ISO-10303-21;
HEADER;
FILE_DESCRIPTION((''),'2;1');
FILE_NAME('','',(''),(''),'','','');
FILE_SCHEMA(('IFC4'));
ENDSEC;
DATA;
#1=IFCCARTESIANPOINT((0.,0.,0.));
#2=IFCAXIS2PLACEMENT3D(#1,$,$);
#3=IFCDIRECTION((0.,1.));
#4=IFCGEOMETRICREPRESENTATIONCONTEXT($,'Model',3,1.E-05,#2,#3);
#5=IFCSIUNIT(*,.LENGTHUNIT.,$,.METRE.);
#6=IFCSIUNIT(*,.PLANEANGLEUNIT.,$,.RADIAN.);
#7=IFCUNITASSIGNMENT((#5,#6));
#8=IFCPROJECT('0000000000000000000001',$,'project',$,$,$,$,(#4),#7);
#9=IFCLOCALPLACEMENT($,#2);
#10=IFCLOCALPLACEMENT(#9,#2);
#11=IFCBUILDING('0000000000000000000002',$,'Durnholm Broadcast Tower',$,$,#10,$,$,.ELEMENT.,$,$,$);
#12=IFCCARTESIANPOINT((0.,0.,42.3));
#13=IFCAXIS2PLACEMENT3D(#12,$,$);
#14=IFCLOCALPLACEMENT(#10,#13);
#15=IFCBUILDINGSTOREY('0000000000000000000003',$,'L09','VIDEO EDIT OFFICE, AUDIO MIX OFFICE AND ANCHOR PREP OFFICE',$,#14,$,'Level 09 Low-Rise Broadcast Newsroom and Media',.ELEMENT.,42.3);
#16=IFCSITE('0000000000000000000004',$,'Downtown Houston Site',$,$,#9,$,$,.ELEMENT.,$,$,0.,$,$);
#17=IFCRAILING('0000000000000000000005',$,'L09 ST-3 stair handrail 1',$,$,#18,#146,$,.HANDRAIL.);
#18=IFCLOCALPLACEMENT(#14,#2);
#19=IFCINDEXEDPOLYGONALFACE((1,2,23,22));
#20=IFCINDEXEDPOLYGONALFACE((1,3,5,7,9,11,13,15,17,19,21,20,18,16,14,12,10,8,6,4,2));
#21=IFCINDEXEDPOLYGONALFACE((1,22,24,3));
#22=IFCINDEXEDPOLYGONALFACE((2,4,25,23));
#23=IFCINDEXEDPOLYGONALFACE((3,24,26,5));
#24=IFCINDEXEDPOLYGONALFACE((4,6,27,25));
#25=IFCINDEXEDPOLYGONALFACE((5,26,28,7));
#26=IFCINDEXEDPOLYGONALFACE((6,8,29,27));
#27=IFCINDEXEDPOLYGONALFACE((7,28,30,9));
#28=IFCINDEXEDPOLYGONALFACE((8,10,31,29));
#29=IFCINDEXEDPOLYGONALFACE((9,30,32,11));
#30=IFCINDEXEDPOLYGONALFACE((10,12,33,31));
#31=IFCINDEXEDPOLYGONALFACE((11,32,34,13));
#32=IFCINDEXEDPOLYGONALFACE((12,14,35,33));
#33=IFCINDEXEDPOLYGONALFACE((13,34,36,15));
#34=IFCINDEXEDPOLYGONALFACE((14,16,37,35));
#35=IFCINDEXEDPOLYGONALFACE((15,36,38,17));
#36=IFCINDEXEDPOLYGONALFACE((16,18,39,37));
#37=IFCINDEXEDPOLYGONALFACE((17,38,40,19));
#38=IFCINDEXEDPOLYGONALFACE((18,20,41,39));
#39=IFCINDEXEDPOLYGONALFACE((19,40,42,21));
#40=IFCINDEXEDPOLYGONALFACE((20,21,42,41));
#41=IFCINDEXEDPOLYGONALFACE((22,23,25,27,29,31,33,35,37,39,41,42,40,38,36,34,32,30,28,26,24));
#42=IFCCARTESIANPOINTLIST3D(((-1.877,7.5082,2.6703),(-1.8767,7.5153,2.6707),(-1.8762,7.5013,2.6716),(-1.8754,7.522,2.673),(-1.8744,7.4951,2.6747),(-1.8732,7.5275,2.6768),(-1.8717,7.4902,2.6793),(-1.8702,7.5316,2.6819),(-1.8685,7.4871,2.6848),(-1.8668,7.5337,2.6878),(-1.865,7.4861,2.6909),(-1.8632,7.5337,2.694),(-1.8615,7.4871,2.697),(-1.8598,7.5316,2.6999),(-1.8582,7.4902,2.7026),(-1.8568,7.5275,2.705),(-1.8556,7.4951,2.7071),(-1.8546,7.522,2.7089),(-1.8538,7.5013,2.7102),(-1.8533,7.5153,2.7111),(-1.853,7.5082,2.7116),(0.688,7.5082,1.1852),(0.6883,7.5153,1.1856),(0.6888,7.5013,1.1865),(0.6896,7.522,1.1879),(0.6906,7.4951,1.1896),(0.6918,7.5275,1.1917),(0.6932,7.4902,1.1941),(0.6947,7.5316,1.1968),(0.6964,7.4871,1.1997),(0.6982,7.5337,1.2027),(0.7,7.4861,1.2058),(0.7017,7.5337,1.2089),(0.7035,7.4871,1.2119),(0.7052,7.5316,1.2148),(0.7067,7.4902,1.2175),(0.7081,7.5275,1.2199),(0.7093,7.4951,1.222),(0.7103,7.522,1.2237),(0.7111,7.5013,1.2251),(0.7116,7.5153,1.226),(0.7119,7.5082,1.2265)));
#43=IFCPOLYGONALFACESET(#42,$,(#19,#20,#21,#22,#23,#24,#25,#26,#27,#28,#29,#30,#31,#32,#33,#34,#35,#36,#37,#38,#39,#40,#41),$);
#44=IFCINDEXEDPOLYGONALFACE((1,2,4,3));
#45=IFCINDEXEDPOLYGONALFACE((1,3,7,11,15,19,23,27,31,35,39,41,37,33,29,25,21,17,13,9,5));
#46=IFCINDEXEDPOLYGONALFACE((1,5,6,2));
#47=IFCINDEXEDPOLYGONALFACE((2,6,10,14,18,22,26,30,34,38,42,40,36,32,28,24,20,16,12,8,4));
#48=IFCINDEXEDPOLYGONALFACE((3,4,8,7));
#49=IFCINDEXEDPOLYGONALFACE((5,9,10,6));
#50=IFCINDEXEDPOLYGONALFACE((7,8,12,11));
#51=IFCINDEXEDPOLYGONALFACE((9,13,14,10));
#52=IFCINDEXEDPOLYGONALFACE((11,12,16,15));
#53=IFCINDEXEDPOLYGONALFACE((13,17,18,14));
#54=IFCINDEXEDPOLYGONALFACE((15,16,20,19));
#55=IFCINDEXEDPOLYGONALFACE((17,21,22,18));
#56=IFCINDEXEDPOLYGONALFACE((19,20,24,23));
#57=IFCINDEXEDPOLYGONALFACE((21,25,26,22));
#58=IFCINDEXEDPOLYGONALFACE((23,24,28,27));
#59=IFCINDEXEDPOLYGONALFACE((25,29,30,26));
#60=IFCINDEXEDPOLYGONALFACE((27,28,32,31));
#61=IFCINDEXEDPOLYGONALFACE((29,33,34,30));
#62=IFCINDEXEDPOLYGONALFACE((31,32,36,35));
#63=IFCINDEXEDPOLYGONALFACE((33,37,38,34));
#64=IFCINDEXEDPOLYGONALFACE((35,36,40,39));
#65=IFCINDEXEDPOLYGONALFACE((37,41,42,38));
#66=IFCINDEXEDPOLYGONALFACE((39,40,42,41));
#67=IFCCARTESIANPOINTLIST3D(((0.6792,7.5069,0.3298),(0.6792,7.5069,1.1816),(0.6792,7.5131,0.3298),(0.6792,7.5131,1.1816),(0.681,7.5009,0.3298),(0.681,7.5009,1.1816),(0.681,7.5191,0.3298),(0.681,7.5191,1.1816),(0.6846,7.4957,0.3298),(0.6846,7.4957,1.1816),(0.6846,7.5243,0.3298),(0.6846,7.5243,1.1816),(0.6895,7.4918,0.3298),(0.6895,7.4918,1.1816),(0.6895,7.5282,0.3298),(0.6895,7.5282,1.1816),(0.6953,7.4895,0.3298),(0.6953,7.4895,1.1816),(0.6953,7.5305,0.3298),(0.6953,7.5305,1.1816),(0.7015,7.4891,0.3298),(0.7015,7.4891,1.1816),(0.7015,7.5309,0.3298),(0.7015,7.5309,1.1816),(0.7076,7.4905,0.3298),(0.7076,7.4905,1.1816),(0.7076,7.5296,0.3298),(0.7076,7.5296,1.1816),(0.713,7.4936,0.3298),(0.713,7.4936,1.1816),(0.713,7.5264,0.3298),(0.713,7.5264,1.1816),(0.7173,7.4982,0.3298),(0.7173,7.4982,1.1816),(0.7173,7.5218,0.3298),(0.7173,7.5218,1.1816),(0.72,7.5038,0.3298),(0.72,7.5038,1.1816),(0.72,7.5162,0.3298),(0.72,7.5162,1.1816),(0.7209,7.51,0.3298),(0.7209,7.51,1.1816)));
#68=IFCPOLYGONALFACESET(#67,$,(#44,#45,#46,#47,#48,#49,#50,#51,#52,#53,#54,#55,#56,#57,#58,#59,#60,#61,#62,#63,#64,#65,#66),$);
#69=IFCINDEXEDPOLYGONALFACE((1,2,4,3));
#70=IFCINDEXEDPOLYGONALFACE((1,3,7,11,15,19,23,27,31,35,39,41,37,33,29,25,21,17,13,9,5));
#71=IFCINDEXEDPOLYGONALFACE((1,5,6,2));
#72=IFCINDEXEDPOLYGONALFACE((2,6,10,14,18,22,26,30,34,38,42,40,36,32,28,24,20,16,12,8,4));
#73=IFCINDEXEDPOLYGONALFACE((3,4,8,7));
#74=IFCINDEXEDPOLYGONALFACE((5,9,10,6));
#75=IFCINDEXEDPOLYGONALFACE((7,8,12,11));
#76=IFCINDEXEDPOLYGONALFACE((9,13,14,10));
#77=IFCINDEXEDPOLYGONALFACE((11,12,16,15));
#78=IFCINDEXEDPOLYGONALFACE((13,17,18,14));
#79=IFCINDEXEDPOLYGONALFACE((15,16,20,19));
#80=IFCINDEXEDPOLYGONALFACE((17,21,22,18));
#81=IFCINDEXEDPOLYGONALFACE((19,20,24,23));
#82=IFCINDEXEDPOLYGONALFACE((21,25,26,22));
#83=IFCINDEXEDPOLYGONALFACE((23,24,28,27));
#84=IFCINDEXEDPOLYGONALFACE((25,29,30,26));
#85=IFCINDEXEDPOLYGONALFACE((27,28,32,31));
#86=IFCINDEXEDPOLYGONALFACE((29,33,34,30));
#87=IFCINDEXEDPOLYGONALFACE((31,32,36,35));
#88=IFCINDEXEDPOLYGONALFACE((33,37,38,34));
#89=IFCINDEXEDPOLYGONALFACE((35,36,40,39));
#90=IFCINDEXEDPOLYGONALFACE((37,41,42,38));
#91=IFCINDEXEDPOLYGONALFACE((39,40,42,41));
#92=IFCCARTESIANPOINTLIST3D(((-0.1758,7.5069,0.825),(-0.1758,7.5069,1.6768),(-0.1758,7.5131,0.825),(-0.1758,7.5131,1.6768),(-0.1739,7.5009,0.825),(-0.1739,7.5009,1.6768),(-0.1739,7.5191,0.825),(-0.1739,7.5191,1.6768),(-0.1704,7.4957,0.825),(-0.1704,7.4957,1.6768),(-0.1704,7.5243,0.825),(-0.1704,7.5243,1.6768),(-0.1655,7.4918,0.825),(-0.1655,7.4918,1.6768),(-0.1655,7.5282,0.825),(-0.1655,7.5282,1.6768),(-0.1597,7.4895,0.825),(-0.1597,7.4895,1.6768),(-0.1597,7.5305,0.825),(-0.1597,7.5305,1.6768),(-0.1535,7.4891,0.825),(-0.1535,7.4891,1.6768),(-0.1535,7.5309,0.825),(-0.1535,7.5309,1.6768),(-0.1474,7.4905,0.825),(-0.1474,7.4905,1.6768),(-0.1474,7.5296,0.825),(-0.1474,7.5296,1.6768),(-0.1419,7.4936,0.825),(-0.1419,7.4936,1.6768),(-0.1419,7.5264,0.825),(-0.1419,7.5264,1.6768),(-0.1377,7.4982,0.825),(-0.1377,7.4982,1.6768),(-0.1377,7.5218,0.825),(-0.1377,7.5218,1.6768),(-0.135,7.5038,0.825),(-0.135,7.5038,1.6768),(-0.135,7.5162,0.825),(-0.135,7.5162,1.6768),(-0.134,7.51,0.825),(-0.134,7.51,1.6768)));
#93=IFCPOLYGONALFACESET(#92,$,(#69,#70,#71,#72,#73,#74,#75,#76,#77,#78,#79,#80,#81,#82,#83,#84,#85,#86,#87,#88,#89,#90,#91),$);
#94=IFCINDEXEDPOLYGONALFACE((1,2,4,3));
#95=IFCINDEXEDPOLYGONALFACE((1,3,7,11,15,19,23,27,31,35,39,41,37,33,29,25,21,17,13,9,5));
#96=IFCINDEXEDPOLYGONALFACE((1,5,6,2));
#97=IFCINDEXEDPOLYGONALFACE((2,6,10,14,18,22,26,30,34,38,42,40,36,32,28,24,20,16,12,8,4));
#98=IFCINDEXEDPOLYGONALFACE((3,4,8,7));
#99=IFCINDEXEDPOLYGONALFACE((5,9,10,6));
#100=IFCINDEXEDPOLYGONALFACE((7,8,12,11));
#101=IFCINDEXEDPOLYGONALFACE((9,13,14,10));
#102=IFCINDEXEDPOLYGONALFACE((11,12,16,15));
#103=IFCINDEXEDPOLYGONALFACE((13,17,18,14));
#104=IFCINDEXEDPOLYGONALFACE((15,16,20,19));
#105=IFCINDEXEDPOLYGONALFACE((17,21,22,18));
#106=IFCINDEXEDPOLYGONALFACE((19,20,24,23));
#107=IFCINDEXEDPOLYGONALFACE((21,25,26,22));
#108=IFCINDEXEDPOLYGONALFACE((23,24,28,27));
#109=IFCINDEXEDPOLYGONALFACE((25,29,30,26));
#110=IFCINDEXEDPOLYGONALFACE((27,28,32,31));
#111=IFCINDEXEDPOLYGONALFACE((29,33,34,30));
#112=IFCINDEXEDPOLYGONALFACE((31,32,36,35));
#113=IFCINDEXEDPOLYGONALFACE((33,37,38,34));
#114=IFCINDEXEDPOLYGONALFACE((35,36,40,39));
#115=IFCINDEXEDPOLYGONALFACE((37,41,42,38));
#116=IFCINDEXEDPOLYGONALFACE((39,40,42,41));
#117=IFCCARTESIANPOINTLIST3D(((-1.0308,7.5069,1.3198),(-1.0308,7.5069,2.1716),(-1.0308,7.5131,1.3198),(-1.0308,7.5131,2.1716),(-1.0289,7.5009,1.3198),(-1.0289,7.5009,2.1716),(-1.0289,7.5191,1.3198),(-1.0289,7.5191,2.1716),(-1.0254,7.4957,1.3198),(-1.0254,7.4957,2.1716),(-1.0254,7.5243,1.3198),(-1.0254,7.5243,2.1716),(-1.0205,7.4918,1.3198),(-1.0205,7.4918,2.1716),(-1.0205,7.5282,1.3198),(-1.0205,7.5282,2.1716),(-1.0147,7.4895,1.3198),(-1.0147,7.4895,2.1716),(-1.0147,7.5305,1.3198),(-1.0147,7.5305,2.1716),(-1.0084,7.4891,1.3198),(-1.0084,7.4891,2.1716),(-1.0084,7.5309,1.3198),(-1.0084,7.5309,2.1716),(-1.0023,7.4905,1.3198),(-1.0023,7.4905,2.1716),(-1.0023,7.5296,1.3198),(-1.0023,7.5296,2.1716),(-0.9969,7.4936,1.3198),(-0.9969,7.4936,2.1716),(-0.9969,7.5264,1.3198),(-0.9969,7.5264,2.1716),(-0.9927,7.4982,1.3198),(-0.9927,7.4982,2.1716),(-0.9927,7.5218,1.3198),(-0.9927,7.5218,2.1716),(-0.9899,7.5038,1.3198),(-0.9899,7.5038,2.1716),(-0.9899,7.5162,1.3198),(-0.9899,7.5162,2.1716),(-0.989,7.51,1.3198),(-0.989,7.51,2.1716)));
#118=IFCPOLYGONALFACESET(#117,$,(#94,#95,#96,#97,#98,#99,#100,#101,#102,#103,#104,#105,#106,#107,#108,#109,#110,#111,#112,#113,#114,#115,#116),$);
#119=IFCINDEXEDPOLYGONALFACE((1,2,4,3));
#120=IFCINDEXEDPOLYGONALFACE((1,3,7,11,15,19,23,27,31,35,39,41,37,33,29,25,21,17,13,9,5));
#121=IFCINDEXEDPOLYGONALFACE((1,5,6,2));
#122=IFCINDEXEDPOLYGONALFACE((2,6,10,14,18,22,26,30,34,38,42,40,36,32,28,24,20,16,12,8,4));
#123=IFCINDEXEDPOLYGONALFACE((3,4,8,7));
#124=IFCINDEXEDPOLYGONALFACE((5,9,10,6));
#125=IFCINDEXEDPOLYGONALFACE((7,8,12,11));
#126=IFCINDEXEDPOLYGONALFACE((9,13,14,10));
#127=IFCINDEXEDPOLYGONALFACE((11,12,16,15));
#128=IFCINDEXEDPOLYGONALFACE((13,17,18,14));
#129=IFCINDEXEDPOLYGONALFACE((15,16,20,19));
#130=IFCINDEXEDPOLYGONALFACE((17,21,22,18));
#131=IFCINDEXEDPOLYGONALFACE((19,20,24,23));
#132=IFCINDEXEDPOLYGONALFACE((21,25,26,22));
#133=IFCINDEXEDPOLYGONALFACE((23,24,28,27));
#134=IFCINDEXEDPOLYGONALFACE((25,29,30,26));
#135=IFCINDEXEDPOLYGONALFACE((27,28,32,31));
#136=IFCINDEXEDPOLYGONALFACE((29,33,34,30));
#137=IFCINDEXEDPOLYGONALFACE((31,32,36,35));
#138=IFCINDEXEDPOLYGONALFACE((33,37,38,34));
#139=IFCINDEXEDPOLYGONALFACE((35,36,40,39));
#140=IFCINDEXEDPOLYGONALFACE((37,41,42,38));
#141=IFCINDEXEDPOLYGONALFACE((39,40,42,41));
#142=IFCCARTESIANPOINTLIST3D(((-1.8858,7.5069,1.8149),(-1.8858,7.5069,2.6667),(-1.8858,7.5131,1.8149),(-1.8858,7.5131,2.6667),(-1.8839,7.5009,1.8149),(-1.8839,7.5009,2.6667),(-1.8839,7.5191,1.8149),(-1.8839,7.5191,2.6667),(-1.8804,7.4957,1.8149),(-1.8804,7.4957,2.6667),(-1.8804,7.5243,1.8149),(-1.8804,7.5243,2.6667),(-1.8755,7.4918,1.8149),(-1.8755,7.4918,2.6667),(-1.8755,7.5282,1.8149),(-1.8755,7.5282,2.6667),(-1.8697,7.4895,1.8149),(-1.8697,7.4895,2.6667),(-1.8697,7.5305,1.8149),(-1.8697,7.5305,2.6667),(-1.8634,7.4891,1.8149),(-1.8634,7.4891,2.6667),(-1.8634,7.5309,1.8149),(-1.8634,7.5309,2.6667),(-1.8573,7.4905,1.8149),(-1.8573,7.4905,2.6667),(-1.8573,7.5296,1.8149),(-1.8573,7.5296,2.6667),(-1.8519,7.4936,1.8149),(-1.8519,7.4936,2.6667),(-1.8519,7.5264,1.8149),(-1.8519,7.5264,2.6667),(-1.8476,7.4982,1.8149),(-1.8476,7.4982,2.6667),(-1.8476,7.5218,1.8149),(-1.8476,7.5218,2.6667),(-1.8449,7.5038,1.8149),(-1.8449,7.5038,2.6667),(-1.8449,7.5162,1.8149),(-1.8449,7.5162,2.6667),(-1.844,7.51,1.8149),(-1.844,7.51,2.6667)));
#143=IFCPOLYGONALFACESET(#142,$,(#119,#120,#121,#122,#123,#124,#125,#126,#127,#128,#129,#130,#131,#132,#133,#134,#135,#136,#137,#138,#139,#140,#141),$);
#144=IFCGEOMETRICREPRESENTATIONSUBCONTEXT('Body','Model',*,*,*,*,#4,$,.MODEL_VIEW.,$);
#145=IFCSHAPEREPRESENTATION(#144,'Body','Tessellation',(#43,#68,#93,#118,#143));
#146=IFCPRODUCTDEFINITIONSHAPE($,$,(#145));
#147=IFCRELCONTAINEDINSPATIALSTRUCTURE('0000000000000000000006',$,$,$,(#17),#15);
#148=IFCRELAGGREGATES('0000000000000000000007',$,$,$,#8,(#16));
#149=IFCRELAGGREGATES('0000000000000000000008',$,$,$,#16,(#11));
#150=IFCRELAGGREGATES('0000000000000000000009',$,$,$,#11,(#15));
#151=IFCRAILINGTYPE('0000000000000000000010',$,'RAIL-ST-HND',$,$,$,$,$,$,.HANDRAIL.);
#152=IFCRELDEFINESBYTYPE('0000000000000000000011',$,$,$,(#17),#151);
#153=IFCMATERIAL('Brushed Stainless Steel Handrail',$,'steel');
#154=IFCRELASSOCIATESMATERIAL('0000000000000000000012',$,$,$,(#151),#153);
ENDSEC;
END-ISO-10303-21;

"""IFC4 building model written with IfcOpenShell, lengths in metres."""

from ifc_helpers import new_model, si_unit, direction, frame, origin, origin_2d, place, context, subcontext, project, spatial, circle, extrude, material, type_object, element, save


model = new_model("IFC4")

# Units and contexts
model_context = context("Model", 3, precision=1e-05, world=origin(), true_north=direction((0.0, 1.0)))
body_context = subcontext(model_context, "Body", "Model", "MODEL_VIEW")
ifc_project = project(units=[si_unit("LENGTHUNIT", "METRE"), si_unit("PLANEANGLEUNIT", "RADIAN")], contexts=[model_context])

# Site, building, storey
site_placement = place(None, origin())
site = spatial("IfcSite", under=ifc_project, at=site_placement, Name="Downtown Houston Site", CompositionType="ELEMENT", RefElevation=0.0)
building_placement = place(site_placement, origin())
building = spatial("IfcBuilding", under=site, at=building_placement, Name="Durnholm Broadcast Tower", CompositionType="ELEMENT")
storey_placement = place(building_placement, frame((0.0, 0.0, 42.3)))
storey = spatial("IfcBuildingStorey", under=building, at=storey_placement, Name="L09", Description="VIDEO EDIT OFFICE, AUDIO MIX OFFICE AND ANCHOR PREP OFFICE", LongName="Level 09 Low-Rise Broadcast Newsroom and Media", CompositionType="ELEMENT", Elevation=42.3)

# Railing
ifc_material_1 = material(Name="Brushed Stainless Steel Handrail", Category="steel")
railing_type_1 = type_object("IfcRailingType", Name="RAIL-ST-HND", PredefinedType="HANDRAIL", material=ifc_material_1)
railing_1_placement = place(storey_placement, frame((0.7, 7.51, 0.3298)))
element("IfcRailing", 1, at=railing_1_placement, inside=storey, type_object=railing_type_1, Name="L09 ST-3 stair handrail 1", PredefinedType="HANDRAIL", context=body_context, shape_type="SweptSolid", body=[
    extrude(circle(Radius=0.0239, at=origin_2d()), frame((0.0, 0.0, 0.876), z_axis=(-0.865406, 0.0, 0.501072), x_axis=(0.0, -1.0, 0.0)), (0.0, 0.0, 1.0), 2.9639),
    extrude(circle(Radius=0.021, at=origin_2d()), origin(), (0.0, 0.0, 1.0), 0.8518),
    extrude(circle(Radius=0.021, at=origin_2d()), frame((-0.855, 0.0, 0.4951)), (0.0, 0.0, 1.0), 0.8518),
    extrude(circle(Radius=0.021, at=origin_2d()), frame((-1.71, 0.0, 0.99)), (0.0, 0.0, 1.0), 0.8518),
    extrude(circle(Radius=0.021, at=origin_2d()), frame((-2.5649, 0.0, 1.4851)), (0.0, 0.0, 1.0), 0.8518),
])

save(model, "model.ifc")
